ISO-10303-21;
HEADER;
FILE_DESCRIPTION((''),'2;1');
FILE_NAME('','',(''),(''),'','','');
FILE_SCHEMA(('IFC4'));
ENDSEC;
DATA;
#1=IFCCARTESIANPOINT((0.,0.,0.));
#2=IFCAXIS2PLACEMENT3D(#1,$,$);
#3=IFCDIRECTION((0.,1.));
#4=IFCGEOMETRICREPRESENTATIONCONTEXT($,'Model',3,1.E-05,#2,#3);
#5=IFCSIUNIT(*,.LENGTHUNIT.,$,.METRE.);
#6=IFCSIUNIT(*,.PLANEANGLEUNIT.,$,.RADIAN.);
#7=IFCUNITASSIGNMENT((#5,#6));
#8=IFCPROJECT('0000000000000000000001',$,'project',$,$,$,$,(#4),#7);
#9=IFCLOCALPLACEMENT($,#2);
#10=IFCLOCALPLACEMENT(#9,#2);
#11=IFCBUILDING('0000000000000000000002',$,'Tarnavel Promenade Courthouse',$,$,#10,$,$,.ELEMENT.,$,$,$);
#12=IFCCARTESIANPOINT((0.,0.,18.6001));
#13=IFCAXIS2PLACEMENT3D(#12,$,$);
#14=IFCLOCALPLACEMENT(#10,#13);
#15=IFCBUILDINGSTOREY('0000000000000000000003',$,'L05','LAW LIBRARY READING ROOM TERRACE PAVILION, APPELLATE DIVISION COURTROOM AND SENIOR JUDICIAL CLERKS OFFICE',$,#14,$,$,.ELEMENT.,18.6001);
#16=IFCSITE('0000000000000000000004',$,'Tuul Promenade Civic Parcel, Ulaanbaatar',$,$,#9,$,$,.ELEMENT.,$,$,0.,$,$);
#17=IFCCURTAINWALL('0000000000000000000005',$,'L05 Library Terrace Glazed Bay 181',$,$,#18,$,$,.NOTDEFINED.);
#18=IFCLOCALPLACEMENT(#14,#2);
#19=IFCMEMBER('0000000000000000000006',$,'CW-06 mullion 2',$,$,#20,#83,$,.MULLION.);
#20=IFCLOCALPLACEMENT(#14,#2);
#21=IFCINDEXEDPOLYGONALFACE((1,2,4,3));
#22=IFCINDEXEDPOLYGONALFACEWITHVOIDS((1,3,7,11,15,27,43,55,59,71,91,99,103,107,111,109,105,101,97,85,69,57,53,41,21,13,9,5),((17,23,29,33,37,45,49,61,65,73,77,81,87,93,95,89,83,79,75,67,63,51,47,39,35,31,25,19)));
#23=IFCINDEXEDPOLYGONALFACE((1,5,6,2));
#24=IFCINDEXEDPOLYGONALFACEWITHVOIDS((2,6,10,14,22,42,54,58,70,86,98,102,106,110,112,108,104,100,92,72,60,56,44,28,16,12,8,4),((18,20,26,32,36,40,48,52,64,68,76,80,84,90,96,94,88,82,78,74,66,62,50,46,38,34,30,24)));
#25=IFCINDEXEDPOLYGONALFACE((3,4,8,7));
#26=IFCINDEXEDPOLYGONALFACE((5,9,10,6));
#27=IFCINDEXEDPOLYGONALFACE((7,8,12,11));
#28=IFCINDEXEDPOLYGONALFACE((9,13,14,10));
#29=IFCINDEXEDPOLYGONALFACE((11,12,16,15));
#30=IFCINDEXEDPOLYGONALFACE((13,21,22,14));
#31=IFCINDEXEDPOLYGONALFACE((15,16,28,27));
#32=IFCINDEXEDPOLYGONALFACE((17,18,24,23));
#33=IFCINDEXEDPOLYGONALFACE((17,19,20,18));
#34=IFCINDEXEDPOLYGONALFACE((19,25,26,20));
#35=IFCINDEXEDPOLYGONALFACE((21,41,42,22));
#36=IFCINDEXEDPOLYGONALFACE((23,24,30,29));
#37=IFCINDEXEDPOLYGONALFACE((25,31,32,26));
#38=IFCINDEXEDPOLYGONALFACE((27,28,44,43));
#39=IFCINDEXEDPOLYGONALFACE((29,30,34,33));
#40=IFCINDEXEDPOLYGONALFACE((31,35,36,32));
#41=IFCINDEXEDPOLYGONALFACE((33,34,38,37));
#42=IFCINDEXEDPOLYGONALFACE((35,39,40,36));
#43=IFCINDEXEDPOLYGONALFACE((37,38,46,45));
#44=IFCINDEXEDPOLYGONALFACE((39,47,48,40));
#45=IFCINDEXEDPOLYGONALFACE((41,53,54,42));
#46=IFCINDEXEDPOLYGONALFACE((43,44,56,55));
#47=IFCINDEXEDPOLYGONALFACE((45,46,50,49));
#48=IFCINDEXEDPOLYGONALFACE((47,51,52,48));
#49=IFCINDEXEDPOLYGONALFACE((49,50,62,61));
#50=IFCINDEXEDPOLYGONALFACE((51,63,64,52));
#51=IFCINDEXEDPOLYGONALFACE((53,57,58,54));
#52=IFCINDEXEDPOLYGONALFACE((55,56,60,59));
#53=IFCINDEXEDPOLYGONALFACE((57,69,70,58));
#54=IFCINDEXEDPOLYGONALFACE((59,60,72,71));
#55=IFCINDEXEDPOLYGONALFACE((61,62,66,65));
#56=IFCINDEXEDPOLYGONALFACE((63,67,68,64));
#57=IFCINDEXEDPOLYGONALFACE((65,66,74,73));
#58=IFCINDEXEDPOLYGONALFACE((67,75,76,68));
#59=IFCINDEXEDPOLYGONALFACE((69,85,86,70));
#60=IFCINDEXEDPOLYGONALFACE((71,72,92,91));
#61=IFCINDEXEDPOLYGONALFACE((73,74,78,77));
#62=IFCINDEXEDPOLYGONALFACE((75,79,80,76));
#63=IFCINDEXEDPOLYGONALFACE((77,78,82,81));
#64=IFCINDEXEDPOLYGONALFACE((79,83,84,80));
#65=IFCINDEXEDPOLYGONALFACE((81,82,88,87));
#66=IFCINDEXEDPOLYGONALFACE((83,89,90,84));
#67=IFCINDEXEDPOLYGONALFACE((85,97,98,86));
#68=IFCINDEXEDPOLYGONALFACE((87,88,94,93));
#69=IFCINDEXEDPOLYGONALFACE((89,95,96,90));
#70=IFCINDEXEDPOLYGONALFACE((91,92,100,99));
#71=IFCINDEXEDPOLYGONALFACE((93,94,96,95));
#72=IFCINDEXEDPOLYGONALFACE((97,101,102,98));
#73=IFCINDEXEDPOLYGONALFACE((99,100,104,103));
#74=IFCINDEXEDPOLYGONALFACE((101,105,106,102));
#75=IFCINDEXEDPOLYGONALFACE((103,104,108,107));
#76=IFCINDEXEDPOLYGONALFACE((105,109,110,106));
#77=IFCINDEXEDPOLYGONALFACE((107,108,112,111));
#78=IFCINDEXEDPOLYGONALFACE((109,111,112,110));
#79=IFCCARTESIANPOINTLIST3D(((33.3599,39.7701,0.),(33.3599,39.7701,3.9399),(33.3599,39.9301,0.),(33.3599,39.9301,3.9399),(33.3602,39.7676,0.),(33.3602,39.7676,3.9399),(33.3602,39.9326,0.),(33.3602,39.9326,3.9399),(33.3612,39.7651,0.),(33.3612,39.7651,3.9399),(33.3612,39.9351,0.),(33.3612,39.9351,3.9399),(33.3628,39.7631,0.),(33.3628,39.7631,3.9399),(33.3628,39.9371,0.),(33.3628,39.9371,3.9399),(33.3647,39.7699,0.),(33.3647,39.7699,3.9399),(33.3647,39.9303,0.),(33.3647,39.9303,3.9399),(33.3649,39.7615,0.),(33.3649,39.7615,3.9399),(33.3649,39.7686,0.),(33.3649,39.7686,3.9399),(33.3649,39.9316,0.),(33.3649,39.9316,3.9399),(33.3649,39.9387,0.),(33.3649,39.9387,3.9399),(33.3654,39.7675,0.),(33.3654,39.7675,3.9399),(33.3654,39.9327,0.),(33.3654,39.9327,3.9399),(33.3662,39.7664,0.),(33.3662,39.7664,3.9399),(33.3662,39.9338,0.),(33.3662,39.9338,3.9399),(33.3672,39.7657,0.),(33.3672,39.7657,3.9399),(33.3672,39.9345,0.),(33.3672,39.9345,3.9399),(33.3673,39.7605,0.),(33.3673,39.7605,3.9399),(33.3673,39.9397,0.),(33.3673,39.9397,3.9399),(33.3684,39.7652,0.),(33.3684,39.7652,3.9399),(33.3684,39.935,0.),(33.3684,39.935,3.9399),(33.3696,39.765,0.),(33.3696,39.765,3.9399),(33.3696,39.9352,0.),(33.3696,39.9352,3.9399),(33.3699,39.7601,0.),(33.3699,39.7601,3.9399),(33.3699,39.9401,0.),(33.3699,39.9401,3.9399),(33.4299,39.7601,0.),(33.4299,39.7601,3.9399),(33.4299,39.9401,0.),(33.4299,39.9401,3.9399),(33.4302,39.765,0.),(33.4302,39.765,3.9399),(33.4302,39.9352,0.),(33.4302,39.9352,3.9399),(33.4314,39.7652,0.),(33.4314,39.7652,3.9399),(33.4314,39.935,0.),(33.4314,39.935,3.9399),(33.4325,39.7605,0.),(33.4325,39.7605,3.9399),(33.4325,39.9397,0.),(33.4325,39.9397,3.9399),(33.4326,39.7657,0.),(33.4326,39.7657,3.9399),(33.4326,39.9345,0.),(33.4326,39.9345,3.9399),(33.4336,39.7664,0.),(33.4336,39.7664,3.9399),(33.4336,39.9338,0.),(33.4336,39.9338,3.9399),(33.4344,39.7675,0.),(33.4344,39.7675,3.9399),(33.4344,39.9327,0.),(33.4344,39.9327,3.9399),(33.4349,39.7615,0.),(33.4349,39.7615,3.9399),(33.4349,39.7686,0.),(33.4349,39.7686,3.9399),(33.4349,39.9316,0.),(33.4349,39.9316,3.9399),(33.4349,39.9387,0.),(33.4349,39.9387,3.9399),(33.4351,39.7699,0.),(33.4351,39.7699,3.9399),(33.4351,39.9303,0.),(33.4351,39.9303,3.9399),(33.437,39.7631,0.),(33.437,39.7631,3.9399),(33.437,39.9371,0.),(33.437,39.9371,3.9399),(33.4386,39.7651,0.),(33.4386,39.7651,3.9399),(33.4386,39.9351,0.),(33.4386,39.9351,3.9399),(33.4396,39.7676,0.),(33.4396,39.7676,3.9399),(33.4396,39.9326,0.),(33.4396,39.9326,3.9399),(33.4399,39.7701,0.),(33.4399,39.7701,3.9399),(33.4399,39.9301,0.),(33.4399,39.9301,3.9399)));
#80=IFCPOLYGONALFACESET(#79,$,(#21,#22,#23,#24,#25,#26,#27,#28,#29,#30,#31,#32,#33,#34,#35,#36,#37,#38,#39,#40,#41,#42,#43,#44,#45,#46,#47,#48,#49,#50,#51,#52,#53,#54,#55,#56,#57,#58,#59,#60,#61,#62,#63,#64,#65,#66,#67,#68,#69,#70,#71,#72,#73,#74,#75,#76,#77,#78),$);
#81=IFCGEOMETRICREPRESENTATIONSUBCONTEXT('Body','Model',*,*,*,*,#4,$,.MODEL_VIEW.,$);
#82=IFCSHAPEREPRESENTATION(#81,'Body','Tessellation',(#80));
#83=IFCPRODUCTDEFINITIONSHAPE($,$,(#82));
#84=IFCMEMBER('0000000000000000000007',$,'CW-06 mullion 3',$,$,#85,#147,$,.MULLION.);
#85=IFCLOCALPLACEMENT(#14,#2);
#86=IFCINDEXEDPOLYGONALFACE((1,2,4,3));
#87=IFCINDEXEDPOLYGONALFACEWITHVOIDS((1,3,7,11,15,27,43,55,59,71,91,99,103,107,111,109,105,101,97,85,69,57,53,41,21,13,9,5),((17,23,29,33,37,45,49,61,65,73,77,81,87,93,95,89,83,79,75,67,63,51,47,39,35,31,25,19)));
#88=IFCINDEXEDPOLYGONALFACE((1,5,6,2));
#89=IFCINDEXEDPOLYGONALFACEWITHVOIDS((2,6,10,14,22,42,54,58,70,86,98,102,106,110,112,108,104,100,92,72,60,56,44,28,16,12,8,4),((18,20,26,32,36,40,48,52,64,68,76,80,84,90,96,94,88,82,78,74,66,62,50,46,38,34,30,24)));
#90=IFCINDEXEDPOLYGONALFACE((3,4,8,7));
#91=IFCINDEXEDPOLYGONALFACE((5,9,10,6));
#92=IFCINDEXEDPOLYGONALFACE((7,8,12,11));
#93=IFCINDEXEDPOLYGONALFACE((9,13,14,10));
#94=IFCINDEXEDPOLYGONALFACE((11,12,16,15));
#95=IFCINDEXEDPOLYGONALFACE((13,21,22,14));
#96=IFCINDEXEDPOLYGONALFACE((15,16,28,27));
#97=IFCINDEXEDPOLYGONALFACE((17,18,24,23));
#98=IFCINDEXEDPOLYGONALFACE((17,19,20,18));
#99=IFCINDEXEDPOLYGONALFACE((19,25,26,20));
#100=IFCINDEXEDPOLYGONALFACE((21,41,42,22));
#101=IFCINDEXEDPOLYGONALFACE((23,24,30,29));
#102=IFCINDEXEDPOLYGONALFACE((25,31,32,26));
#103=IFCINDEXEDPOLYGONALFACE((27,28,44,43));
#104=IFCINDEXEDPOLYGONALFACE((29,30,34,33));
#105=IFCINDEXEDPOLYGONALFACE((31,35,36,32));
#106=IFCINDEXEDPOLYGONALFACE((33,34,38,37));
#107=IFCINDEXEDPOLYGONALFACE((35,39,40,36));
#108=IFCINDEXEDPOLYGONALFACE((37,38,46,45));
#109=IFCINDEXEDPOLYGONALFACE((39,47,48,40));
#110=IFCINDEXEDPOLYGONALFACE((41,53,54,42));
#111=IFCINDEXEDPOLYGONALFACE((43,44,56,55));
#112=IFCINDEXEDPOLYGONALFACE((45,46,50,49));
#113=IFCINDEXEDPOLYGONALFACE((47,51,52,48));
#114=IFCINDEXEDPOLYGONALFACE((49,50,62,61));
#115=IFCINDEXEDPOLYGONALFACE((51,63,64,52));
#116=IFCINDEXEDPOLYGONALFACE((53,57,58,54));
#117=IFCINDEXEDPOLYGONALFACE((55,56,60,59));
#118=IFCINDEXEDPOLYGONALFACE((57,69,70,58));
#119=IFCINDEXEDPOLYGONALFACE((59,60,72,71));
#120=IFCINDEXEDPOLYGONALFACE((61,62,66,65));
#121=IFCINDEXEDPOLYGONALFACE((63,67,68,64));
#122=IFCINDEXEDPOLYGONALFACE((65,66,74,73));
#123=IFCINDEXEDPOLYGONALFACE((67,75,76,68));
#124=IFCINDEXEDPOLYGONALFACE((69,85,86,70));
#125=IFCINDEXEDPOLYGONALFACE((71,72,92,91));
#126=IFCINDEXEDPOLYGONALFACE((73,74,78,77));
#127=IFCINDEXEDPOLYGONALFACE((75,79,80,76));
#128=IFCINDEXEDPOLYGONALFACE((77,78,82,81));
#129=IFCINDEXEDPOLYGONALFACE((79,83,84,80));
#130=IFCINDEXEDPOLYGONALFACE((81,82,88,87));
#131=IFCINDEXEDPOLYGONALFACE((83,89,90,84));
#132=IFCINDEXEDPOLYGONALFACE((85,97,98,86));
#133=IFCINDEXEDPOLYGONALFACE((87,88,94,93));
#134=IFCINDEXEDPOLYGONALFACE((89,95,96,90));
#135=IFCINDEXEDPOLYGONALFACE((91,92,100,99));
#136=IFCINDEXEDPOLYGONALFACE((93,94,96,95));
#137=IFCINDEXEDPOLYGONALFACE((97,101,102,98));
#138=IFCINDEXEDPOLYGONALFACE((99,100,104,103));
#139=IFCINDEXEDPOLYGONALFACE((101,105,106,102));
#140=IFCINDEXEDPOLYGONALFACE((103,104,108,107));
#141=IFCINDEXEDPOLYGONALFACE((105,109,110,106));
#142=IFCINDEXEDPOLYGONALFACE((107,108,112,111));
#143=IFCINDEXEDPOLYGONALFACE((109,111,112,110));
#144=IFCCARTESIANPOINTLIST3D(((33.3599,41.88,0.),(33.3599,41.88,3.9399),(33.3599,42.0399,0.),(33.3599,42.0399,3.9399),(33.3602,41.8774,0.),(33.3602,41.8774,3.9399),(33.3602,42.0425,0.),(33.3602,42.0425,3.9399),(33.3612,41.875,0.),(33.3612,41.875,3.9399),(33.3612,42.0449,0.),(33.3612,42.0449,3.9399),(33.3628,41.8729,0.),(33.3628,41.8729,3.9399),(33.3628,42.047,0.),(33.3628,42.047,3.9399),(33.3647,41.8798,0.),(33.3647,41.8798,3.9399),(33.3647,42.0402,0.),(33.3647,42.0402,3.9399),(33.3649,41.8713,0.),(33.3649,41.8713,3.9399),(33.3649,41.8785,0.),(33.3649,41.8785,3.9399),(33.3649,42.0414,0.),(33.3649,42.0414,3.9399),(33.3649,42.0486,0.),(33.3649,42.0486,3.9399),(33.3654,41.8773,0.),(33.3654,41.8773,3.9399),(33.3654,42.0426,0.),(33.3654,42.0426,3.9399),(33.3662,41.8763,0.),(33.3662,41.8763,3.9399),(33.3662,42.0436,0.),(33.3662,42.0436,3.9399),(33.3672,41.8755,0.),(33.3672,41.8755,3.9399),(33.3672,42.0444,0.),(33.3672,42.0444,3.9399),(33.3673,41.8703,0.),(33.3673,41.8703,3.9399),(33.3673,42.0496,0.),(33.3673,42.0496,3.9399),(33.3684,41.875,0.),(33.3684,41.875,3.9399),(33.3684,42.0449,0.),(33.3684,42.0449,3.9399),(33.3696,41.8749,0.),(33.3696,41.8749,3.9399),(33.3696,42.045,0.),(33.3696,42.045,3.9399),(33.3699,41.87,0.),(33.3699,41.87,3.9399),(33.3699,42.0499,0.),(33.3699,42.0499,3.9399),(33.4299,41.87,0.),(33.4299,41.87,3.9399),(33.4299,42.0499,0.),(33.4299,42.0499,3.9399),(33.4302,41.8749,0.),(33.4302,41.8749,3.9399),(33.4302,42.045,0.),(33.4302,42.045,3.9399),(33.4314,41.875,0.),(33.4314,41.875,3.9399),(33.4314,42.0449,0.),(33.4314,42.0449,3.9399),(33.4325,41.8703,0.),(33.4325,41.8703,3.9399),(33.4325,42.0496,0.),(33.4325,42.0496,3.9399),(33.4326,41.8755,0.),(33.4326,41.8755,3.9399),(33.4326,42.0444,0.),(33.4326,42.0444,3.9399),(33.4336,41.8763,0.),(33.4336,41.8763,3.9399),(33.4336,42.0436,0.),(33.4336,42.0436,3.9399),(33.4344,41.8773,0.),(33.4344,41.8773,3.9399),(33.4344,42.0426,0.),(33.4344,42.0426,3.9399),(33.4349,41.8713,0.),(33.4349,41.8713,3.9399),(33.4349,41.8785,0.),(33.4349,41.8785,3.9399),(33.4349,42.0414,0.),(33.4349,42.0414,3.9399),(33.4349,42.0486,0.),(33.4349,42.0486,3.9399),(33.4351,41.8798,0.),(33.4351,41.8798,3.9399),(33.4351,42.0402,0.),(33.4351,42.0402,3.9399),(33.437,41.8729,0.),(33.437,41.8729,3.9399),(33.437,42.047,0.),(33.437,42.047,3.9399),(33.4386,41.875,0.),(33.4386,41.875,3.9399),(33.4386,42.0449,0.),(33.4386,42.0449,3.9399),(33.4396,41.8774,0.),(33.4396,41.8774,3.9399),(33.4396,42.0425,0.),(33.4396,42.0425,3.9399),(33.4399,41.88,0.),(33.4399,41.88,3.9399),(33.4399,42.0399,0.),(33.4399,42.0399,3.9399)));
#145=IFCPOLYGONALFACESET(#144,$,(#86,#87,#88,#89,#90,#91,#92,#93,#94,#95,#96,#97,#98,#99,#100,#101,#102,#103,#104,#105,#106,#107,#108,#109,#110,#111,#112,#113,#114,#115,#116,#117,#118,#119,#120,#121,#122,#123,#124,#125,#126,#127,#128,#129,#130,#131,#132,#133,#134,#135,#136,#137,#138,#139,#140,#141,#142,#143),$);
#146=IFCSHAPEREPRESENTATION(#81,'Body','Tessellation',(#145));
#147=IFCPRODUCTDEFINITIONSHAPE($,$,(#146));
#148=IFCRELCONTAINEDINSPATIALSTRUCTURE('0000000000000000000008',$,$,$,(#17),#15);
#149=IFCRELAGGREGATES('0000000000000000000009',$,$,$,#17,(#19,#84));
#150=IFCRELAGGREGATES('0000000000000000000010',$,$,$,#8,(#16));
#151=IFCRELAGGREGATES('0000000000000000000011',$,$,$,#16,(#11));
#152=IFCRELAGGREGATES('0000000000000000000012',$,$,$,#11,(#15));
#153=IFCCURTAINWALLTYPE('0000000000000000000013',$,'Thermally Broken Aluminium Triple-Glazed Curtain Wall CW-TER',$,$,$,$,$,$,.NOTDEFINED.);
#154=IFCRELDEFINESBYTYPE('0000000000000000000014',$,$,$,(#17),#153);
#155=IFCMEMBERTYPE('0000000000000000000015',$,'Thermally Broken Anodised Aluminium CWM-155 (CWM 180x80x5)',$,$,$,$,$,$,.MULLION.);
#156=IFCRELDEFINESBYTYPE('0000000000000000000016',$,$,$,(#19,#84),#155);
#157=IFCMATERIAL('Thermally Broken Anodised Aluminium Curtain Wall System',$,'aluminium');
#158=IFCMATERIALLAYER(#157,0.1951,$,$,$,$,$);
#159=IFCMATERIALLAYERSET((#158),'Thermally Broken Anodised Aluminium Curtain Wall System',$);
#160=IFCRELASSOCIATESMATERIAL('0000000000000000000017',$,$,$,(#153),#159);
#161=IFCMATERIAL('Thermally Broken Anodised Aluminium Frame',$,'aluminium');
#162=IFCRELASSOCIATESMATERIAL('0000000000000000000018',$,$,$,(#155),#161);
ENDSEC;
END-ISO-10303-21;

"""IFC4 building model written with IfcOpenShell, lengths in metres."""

from ifc_helpers import new_model, si_unit, direction, frame, origin, origin_2d, place, context, subcontext, project, spatial, hollow_rectangle, extrude, material, layer, layer_set, material_profile, profile_set, type_object, element, aggregate, save


model = new_model("IFC4")

# Units and contexts
model_context = context("Model", 3, precision=1e-05, world=origin(), true_north=direction((0.0, 1.0)))
body_context = subcontext(model_context, "Body", "Model", "MODEL_VIEW")
ifc_project = project(units=[si_unit("LENGTHUNIT", "METRE"), si_unit("PLANEANGLEUNIT", "RADIAN")], contexts=[model_context])

# Site, building, storey
site_placement = place(None, origin())
site = spatial("IfcSite", under=ifc_project, at=site_placement, Name="Tuul Promenade Civic Parcel, Ulaanbaatar", CompositionType="ELEMENT", RefElevation=0.0)
building_placement = place(site_placement, origin())
building = spatial("IfcBuilding", under=site, at=building_placement, Name="Tarnavel Promenade Courthouse", CompositionType="ELEMENT")
storey_placement = place(building_placement, frame((0.0, 0.0, 18.6001)))
storey = spatial("IfcBuildingStorey", under=building, at=storey_placement, Name="L05", Description="LAW LIBRARY READING ROOM TERRACE PAVILION, APPELLATE DIVISION COURTROOM AND SENIOR JUDICIAL CLERKS OFFICE", CompositionType="ELEMENT", Elevation=18.6001)

# Curtain wall, members
ifc_material_1 = material(Name="Thermally Broken Anodised Aluminium Curtain Wall System", Category="aluminium")
ifc_layer_1 = layer(ifc_material_1, 0.1951)
ifc_layer_set_1 = layer_set([ifc_layer_1], Name="Thermally Broken Anodised Aluminium Curtain Wall System")
curtain_wall_type = type_object("IfcCurtainWallType", Name="Thermally Broken Aluminium Triple-Glazed Curtain Wall CW-TER", PredefinedType="NOTDEFINED", material=ifc_layer_set_1)
curtain_wall_1_placement = place(storey_placement, origin())
curtain_wall_1 = element("IfcCurtainWall", 1, at=curtain_wall_1_placement, inside=storey, type_object=curtain_wall_type, Name="L05 Library Terrace Glazed Bay 181", PredefinedType="NOTDEFINED")
ifc_material_2 = material(Name="Thermally Broken Anodised Aluminium Frame", Category="aluminium")
ifc_material_profile_1 = material_profile(ifc_material_2, hollow_rectangle(XDim=0.0801, YDim=0.1799, WallThickness=0.0049, InnerFilletRadius=0.0049, OuterFilletRadius=0.01, at=origin_2d()), Name="CWM 180x80x5")
ifc_profile_set_1 = profile_set([ifc_material_profile_1], Name="Thermally Broken Anodised Aluminium Frame")
member_type_1 = type_object("IfcMemberType", Name="Thermally Broken Anodised Aluminium CWM-155 (CWM 180x80x5)", PredefinedType="MULLION", material=ifc_profile_set_1)
member_1_placement = place(storey_placement, frame((33.3999, 39.8501, 0.0), z_axis=(0.0, 0.0, 1.0), x_axis=(-1.0, 0.0, 0.0)))
member_1 = element("IfcMember", 2, at=member_1_placement, type_object=member_type_1, Name="CW-06 mullion 2", PredefinedType="MULLION", context=body_context, shape_type="SweptSolid", body=[
    extrude(hollow_rectangle(XDim=0.0801, YDim=0.1799, WallThickness=0.0049, InnerFilletRadius=0.0049, OuterFilletRadius=0.01, at=origin_2d()), origin(), (0.0, 0.0, 1.0), 3.9399),
])
member_2_placement = place(storey_placement, frame((33.3999, 41.96, 0.0), z_axis=(0.0, 0.0, 1.0), x_axis=(-1.0, 0.0, 0.0)))
member_2 = element("IfcMember", 3, at=member_2_placement, type_object=member_type_1, Name="CW-06 mullion 3", PredefinedType="MULLION", context=body_context, shape_type="SweptSolid", body=[
    extrude(hollow_rectangle(XDim=0.0801, YDim=0.1799, WallThickness=0.0049, InnerFilletRadius=0.0049, OuterFilletRadius=0.01, at=origin_2d()), origin(), (0.0, 0.0, 1.0), 3.9399),
])

aggregate(curtain_wall_1, [member_1, member_2])

save(model, "model.ifc")
